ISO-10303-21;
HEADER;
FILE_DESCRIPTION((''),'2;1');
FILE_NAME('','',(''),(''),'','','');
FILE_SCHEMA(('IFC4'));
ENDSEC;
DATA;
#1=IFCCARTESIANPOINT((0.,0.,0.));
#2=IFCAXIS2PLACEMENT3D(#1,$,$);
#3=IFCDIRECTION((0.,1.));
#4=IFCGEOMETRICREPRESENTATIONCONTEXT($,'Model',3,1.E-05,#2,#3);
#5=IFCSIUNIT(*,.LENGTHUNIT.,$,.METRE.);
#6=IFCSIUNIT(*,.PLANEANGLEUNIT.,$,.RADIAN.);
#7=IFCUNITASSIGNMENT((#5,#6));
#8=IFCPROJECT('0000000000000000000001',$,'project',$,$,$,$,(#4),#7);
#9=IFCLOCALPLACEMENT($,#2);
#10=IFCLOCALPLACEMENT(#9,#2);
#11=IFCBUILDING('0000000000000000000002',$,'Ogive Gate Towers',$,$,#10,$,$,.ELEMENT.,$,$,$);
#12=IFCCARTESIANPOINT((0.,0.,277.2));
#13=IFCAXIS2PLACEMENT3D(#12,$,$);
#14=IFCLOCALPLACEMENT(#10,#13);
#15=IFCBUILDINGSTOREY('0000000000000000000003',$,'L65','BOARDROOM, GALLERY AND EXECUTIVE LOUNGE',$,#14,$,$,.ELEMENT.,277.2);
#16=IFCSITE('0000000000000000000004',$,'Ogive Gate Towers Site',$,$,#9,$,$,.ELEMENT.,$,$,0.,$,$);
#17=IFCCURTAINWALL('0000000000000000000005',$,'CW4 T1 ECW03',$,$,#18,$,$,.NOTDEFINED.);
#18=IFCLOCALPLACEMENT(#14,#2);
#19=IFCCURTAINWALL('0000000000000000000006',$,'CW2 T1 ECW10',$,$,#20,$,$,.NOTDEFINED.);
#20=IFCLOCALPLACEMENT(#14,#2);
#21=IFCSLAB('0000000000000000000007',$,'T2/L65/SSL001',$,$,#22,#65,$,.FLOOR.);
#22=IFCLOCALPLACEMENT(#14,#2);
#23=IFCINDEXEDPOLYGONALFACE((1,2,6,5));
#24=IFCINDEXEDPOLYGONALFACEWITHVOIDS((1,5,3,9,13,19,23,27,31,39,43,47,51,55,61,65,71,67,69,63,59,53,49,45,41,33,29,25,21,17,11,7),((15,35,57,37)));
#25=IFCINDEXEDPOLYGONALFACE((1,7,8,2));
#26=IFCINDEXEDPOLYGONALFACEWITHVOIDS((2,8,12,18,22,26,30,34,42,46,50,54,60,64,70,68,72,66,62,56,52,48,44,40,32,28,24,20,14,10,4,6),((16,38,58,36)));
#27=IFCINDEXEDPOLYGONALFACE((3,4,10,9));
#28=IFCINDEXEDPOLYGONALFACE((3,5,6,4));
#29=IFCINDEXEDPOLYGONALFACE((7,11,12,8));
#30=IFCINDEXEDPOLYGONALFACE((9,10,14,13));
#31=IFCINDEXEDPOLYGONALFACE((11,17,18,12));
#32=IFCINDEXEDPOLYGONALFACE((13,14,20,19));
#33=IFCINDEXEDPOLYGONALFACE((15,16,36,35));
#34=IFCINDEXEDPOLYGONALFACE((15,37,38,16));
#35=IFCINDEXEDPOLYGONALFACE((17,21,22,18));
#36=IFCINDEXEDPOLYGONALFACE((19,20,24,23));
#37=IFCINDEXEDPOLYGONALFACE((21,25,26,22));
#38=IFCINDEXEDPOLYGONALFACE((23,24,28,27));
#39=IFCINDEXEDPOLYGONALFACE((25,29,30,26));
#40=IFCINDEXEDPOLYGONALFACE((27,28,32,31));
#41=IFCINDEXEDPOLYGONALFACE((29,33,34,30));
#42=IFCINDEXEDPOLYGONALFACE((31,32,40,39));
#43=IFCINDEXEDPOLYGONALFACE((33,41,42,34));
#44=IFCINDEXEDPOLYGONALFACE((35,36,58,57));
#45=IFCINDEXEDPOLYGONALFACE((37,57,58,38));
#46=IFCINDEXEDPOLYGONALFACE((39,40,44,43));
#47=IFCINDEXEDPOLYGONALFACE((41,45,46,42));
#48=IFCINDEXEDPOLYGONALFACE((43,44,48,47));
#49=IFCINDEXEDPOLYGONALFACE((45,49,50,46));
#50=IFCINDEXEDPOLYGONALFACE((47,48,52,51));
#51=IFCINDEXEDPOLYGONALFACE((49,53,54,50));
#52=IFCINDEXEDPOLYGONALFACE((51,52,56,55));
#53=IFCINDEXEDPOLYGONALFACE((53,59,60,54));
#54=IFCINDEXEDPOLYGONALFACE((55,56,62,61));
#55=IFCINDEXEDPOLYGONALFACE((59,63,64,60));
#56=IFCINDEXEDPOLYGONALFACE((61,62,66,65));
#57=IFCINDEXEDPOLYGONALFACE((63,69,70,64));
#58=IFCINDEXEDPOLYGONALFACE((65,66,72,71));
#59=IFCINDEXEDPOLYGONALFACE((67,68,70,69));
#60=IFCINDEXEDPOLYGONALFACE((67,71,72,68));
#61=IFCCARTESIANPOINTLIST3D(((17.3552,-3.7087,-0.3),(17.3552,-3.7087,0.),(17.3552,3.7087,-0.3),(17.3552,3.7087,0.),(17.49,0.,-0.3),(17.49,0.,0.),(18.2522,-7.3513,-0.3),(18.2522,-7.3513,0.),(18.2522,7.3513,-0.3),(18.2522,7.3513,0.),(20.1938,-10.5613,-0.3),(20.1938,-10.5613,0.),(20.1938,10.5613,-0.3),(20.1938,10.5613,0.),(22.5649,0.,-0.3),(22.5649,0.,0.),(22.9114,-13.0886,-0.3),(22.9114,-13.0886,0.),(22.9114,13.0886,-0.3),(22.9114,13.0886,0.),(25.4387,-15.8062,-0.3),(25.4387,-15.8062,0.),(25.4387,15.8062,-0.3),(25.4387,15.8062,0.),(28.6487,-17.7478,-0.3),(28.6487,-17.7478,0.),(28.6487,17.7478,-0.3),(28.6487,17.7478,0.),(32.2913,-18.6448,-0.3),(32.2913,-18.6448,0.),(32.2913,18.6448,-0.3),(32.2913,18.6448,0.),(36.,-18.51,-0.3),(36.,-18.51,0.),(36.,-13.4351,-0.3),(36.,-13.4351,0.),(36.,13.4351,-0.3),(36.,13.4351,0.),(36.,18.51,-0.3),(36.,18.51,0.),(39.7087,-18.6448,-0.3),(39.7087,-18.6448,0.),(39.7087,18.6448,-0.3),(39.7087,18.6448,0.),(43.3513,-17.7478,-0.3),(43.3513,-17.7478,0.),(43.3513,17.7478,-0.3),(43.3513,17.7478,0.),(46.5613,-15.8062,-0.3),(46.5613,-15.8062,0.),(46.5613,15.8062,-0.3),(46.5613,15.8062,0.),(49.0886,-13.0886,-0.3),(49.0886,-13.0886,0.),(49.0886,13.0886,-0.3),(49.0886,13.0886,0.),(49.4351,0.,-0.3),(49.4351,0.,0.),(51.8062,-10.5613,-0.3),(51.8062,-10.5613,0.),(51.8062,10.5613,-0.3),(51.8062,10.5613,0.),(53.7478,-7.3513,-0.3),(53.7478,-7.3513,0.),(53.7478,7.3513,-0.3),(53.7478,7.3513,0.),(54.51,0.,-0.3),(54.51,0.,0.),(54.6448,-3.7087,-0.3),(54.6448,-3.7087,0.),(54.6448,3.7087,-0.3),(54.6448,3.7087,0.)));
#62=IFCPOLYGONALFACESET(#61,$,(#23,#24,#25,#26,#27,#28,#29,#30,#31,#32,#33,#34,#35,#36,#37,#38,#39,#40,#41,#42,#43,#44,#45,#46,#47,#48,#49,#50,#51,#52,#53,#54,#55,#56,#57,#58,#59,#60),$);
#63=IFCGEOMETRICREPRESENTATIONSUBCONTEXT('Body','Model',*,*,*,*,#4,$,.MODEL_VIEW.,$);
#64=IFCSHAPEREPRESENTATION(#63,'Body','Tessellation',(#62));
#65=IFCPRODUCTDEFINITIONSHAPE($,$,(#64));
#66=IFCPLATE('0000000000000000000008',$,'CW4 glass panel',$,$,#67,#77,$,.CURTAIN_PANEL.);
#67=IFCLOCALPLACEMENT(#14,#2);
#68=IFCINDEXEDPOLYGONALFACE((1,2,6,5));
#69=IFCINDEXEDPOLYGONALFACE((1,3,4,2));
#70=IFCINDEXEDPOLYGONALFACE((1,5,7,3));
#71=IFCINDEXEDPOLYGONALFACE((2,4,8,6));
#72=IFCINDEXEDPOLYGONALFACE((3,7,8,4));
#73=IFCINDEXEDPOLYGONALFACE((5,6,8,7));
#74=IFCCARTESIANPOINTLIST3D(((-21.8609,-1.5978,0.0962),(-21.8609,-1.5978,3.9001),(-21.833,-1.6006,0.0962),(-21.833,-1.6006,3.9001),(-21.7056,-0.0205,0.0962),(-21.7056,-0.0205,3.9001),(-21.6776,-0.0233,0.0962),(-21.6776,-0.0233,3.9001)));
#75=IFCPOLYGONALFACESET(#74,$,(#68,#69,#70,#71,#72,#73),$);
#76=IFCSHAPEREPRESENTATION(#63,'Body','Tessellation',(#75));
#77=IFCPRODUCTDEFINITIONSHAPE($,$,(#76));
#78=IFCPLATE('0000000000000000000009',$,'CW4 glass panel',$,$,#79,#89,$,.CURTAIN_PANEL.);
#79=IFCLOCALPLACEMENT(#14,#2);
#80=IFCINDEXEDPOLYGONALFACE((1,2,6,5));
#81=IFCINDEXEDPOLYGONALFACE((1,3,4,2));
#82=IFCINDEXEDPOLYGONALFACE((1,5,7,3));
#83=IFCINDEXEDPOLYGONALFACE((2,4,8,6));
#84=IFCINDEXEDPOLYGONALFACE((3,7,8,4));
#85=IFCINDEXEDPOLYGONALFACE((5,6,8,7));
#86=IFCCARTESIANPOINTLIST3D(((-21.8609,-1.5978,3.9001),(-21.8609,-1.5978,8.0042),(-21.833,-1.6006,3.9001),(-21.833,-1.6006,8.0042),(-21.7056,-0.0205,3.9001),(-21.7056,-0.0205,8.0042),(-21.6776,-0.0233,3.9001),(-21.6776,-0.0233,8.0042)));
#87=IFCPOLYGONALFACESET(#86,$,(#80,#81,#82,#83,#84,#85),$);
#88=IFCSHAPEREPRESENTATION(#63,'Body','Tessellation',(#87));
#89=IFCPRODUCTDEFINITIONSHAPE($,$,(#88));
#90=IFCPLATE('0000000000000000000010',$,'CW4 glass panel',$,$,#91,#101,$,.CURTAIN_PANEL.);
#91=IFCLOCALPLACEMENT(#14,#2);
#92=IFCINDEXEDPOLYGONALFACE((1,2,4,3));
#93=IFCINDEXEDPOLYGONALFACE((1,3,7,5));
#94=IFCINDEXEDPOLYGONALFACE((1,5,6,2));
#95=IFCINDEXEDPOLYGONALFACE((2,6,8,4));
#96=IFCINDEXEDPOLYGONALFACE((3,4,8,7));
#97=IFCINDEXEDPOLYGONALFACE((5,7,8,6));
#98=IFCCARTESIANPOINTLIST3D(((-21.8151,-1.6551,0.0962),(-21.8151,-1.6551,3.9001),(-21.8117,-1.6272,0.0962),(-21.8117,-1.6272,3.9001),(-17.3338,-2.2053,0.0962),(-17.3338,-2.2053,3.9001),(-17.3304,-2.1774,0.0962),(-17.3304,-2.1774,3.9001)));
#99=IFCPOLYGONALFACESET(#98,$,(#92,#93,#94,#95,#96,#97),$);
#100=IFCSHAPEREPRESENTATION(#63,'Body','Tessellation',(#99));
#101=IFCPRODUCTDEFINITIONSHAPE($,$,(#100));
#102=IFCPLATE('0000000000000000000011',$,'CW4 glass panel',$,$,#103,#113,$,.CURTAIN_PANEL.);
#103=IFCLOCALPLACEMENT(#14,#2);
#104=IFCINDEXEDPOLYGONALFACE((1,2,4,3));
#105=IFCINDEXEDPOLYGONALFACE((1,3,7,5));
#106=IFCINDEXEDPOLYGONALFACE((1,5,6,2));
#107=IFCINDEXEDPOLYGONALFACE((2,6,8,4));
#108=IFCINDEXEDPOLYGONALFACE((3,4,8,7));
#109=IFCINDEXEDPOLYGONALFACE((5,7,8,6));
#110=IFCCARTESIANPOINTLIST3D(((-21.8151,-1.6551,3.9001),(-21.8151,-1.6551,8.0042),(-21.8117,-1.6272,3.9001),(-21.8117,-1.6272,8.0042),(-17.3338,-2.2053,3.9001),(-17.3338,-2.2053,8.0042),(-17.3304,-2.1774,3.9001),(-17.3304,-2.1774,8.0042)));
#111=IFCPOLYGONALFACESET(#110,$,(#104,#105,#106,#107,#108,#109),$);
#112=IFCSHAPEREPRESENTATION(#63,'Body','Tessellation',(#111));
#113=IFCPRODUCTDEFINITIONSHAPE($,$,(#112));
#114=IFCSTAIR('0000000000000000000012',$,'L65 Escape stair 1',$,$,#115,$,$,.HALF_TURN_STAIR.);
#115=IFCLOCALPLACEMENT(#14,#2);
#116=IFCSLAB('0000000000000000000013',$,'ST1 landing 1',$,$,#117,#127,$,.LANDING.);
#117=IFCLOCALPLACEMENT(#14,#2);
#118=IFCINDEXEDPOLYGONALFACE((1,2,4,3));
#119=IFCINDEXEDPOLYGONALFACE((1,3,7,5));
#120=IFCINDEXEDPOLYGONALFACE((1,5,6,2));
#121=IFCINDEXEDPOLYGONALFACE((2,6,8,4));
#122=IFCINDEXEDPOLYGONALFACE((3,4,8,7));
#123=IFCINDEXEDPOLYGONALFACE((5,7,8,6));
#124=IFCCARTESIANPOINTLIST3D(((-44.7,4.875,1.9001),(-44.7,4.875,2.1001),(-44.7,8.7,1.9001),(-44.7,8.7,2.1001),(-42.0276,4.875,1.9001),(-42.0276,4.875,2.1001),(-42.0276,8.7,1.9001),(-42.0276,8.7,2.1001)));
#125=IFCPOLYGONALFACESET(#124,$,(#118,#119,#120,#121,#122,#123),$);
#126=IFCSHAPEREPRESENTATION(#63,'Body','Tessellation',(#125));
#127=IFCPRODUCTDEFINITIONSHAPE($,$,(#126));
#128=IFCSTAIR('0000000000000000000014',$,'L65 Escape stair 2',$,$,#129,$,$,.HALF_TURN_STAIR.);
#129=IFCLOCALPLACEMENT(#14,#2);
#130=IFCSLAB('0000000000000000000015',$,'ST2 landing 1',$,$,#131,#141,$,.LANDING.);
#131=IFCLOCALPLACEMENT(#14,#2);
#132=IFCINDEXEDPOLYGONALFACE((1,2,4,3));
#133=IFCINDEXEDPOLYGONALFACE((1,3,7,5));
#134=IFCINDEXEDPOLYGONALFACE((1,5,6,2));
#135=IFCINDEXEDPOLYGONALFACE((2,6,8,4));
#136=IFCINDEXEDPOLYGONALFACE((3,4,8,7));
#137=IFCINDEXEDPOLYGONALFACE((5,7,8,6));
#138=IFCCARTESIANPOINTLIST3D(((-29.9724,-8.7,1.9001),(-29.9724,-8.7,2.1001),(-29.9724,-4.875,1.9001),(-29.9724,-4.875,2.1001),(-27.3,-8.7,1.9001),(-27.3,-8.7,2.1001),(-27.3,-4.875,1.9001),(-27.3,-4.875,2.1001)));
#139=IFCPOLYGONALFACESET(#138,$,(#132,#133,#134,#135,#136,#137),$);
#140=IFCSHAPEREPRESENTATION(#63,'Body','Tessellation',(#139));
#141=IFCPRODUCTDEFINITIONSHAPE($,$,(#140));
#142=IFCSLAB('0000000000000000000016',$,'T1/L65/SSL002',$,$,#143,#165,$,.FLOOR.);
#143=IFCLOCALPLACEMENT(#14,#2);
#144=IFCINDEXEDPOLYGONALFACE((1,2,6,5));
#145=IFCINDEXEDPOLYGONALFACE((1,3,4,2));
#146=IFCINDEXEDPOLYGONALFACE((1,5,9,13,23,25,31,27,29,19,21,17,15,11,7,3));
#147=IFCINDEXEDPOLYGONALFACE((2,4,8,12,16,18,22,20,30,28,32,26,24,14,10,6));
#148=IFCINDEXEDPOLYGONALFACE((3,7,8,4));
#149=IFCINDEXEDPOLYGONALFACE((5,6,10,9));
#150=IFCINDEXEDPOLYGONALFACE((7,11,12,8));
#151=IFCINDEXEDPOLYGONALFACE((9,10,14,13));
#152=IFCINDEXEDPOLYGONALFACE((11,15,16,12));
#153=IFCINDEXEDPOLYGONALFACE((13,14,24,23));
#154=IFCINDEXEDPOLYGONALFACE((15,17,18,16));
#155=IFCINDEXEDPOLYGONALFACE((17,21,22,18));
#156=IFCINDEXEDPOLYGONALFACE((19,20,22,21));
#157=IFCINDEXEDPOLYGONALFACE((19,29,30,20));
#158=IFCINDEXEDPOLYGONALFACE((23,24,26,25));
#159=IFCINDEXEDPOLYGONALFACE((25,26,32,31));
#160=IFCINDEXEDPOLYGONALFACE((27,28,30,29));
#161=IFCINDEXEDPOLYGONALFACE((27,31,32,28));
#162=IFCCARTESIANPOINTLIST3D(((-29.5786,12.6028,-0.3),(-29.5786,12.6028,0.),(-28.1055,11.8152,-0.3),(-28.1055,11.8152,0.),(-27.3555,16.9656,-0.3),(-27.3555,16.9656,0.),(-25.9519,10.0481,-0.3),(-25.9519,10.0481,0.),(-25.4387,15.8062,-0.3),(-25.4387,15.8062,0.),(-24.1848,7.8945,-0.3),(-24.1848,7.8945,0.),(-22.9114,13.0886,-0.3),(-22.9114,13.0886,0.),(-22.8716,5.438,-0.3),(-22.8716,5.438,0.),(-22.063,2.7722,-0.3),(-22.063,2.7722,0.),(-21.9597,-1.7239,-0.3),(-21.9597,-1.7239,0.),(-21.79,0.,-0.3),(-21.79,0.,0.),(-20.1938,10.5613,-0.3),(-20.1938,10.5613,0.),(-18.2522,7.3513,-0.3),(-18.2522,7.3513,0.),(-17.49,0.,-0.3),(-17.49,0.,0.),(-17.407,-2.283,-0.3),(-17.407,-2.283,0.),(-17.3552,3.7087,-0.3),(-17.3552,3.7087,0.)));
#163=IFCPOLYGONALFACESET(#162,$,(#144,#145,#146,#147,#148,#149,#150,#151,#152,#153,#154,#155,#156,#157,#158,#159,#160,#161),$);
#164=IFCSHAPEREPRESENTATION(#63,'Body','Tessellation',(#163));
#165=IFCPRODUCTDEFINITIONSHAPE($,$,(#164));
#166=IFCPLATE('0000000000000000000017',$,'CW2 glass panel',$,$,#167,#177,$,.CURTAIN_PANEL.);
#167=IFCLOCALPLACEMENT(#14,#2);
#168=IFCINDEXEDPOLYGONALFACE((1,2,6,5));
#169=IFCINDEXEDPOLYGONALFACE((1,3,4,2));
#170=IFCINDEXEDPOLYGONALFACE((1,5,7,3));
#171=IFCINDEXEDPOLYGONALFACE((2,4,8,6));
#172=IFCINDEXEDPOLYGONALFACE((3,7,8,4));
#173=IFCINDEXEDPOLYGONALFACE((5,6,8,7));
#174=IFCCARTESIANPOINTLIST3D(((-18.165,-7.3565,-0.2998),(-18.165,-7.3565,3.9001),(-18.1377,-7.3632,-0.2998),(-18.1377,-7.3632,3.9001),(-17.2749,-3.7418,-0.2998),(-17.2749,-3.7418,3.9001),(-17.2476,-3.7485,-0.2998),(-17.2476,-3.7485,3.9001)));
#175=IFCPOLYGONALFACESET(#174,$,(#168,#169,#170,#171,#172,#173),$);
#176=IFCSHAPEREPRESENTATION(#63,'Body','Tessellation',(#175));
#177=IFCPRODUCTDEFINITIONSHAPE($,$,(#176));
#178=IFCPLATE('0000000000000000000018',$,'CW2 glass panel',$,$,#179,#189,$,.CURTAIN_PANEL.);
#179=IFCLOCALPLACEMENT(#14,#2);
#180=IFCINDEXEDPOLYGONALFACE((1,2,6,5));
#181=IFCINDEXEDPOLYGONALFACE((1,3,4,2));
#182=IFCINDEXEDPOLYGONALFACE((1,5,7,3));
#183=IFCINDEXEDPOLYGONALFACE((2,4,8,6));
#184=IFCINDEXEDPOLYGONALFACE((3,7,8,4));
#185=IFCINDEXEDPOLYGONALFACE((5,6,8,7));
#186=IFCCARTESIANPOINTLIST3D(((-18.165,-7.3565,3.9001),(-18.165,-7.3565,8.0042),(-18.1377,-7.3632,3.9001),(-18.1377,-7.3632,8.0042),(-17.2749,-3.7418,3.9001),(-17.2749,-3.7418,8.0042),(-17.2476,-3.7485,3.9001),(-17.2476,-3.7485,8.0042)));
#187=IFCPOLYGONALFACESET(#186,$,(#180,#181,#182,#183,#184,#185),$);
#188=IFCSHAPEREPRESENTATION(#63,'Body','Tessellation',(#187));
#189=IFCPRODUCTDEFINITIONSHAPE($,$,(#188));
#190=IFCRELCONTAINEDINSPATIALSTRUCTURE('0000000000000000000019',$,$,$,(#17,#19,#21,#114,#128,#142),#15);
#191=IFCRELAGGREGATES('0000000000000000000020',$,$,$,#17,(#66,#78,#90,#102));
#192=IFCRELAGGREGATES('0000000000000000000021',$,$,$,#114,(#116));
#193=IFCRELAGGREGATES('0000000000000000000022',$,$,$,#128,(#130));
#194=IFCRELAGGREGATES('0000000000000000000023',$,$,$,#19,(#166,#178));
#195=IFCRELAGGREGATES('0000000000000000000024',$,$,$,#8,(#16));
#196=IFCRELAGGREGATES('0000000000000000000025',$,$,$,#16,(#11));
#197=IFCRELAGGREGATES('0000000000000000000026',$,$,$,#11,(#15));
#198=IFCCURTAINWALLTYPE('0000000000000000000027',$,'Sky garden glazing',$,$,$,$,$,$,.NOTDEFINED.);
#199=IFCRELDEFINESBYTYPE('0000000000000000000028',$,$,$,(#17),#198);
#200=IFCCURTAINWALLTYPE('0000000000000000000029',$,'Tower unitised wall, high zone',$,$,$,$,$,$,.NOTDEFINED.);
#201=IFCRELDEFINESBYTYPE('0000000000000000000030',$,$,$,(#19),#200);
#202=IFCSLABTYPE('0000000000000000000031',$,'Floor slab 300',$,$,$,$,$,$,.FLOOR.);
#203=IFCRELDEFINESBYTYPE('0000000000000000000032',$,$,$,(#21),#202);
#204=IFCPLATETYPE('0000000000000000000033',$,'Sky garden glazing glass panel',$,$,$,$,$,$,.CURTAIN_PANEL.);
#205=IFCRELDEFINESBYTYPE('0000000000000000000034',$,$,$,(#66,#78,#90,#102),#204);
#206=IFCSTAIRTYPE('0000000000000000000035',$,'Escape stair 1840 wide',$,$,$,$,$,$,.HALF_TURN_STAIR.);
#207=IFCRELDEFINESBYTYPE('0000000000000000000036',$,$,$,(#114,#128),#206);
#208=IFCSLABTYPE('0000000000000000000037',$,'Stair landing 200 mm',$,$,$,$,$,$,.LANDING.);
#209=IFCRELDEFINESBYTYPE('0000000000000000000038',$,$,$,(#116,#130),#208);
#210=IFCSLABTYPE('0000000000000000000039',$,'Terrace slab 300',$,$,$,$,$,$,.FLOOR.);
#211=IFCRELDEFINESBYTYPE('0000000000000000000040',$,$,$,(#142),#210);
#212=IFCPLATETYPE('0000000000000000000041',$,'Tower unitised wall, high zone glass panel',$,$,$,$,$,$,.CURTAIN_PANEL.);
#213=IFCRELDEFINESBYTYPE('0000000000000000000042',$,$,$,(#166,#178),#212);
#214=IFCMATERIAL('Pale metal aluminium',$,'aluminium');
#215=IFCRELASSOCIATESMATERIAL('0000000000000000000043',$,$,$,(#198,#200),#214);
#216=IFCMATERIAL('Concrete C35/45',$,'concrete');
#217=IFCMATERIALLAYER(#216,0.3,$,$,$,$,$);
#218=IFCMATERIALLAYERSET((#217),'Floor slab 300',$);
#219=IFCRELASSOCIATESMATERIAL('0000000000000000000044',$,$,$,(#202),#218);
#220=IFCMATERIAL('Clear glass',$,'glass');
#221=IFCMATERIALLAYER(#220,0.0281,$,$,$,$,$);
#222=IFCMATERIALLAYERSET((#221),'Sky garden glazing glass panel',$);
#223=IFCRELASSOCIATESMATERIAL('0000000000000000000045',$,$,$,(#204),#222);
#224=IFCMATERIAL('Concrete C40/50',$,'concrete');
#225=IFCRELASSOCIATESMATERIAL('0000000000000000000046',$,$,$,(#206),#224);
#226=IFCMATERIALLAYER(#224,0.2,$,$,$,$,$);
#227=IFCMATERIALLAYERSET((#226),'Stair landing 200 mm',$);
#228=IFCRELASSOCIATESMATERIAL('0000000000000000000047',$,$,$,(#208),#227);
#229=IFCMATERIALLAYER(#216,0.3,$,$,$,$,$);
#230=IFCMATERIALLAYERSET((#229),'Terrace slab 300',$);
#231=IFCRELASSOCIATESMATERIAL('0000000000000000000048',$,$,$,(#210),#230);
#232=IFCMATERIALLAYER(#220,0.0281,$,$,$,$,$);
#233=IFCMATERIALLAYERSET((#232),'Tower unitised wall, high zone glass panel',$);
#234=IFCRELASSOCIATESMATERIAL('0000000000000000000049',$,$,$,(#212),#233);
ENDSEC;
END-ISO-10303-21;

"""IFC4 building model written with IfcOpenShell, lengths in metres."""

from ifc_helpers import new_model, si_unit, direction, frame, origin, origin_2d, place, context, subcontext, project, spatial, polyline, rectangle, outline, extrude, material, layer, layer_set, type_object, element, aggregate, save


model = new_model("IFC4")

# Units and contexts
model_context = context("Model", 3, precision=1e-05, world=origin(), true_north=direction((0.0, 1.0)))
body_context = subcontext(model_context, "Body", "Model", "MODEL_VIEW")
ifc_project = project(units=[si_unit("LENGTHUNIT", "METRE"), si_unit("PLANEANGLEUNIT", "RADIAN")], contexts=[model_context])

# Site, building, storey
site_placement = place(None, origin())
site = spatial("IfcSite", under=ifc_project, at=site_placement, Name="Ogive Gate Towers Site", CompositionType="ELEMENT", RefElevation=0.0)
building_placement = place(site_placement, origin())
building = spatial("IfcBuilding", under=site, at=building_placement, Name="Ogive Gate Towers", CompositionType="ELEMENT")
storey_placement = place(building_placement, frame((0.0, 0.0, 277.2)))
storey = spatial("IfcBuildingStorey", under=building, at=storey_placement, Name="L65", Description="BOARDROOM, GALLERY AND EXECUTIVE LOUNGE", CompositionType="ELEMENT", Elevation=277.2)

# Curtain walls
ifc_material_1 = material(Name="Pale metal aluminium", Category="aluminium")
curtain_wall_type_1 = type_object("IfcCurtainWallType", Name="Sky garden glazing", PredefinedType="NOTDEFINED", material=ifc_material_1)
curtain_wall_1_placement = place(storey_placement, origin())
curtain_wall_1 = element("IfcCurtainWall", 1, at=curtain_wall_1_placement, inside=storey, type_object=curtain_wall_type_1, Name="CW4 T1 ECW03", PredefinedType="NOTDEFINED")
curtain_wall_type_2 = type_object("IfcCurtainWallType", Name="Tower unitised wall, high zone", PredefinedType="NOTDEFINED", material=ifc_material_1)
curtain_wall_2_placement = place(storey_placement, origin())
curtain_wall_2 = element("IfcCurtainWall", 2, at=curtain_wall_2_placement, inside=storey, type_object=curtain_wall_type_2, Name="CW2 T1 ECW10", PredefinedType="NOTDEFINED")

# Slab
ifc_material_2 = material(Name="Concrete C40/50", Category="concrete")
ifc_material_3 = material(Name="Concrete C35/45", Category="concrete")
ifc_layer_1 = layer(ifc_material_3, 0.3)
ifc_layer_set_1 = layer_set([ifc_layer_1], Name="Floor slab 300")
slab_type_1 = type_object("IfcSlabType", Name="Floor slab 300", PredefinedType="FLOOR", material=ifc_layer_set_1)
slab_1_placement = place(storey_placement, frame((0.0, 0.0, -0.3)))
element("IfcSlab", 3, at=slab_1_placement, inside=storey, type_object=slab_type_1, Name="T2/L65/SSL001", PredefinedType="FLOOR", context=body_context, shape_type="SweptSolid", body=[
    extrude(outline(polyline([(54.6448, -3.7087), (54.51, 0.0), (54.6448, 3.7087), (53.7478, 7.3513), (51.8062, 10.5613), (49.0886, 13.0886), (46.5613, 15.8062), (43.3513, 17.7478), (39.7087, 18.6448), (36.0, 18.51), (32.2913, 18.6448), (28.6487, 17.7478), (25.4387, 15.8062), (22.9114, 13.0886), (20.1938, 10.5613), (18.2522, 7.3513), (17.3552, 3.7087), (17.49, 0.0), (17.3552, -3.7087), (18.2522, -7.3513), (20.1938, -10.5613), (22.9114, -13.0886), (25.4387, -15.8062), (28.6487, -17.7478), (32.2913, -18.6448), (36.0, -18.51), (39.7087, -18.6448), (43.3513, -17.7478), (46.5613, -15.8062), (49.0886, -13.0886), (51.8062, -10.5613), (53.7478, -7.3513), (54.6448, -3.7087)]), holes=[polyline([(49.4351, 0.0), (36.0, -13.4351), (22.5649, 0.0), (36.0, 13.4351), (49.4351, 0.0)])]), origin(), (0.0, 0.0, 1.0), 0.3),
])

# Plates
ifc_material_4 = material(Name="Clear glass", Category="glass")
ifc_layer_2 = layer(ifc_material_4, 0.0281)
ifc_layer_set_2 = layer_set([ifc_layer_2], Name="Sky garden glazing glass panel")
plate_type_1 = type_object("IfcPlateType", Name="Sky garden glazing glass panel", PredefinedType="CURTAIN_PANEL", material=ifc_layer_set_2)
plate_1_placement = place(storey_placement, frame((-21.7693, -0.8105, 0.0962), z_axis=(0.0, 0.0, 1.0), x_axis=(-0.098017, -0.995185, 0.0)))
plate_1 = element("IfcPlate", 4, at=plate_1_placement, type_object=plate_type_1, Name="CW4 glass panel", PredefinedType="CURTAIN_PANEL", context=body_context, shape_type="SweptSolid", body=[
    extrude(rectangle(XDim=1.585, YDim=0.0281, at=origin_2d()), origin(), (0.0, 0.0, 1.0), 3.804),
])
plate_2_placement = place(storey_placement, frame((-21.7693, -0.8105, 3.9001), z_axis=(0.0, 0.0, 1.0), x_axis=(-0.098017, -0.995185, 0.0)))
plate_2 = element("IfcPlate", 5, at=plate_2_placement, type_object=plate_type_1, Name="CW4 glass panel", PredefinedType="CURTAIN_PANEL", context=body_context, shape_type="SweptSolid", body=[
    extrude(rectangle(XDim=1.585, YDim=0.0281, at=origin_2d()), origin(), (0.0, 0.0, 1.0), 4.104),
])
plate_3_placement = place(storey_placement, frame((-19.5728, -1.9163, 0.0962), z_axis=(0.0, 0.0, 1.0), x_axis=(0.992546, -0.121869, 0.0)))
plate_3 = element("IfcPlate", 6, at=plate_3_placement, type_object=plate_type_1, Name="CW4 glass panel", PredefinedType="CURTAIN_PANEL", context=body_context, shape_type="SweptSolid", body=[
    extrude(rectangle(XDim=4.5149, YDim=0.0281, at=origin_2d()), origin(), (0.0, 0.0, 1.0), 3.804),
])
plate_4_placement = place(storey_placement, frame((-19.5728, -1.9163, 3.9001), z_axis=(0.0, 0.0, 1.0), x_axis=(0.992546, -0.121869, 0.0)))
plate_4 = element("IfcPlate", 7, at=plate_4_placement, type_object=plate_type_1, Name="CW4 glass panel", PredefinedType="CURTAIN_PANEL", context=body_context, shape_type="SweptSolid", body=[
    extrude(rectangle(XDim=4.5149, YDim=0.0281, at=origin_2d()), origin(), (0.0, 0.0, 1.0), 4.104),
])
aggregate(curtain_wall_1, [plate_1, plate_2, plate_3, plate_4])

# Stairs, slabs
stair_type = type_object("IfcStairType", Name="Escape stair 1840 wide", PredefinedType="HALF_TURN_STAIR", material=ifc_material_2)
stair_1_placement = place(storey_placement, origin())
stair_1 = element("IfcStair", 8, at=stair_1_placement, inside=storey, type_object=stair_type, Name="L65 Escape stair 1", PredefinedType="HALF_TURN_STAIR")
ifc_layer_3 = layer(ifc_material_2, 0.2)
ifc_layer_set_3 = layer_set([ifc_layer_3], Name="Stair landing 200 mm")
slab_type_2 = type_object("IfcSlabType", Name="Stair landing 200 mm", PredefinedType="LANDING", material=ifc_layer_set_3)
slab_2_placement = place(storey_placement, frame((0.0, 0.0, 1.9001)))
slab_2 = element("IfcSlab", 9, at=slab_2_placement, type_object=slab_type_2, Name="ST1 landing 1", PredefinedType="LANDING", context=body_context, shape_type="SweptSolid", body=[
    extrude(outline(polyline([(-42.0276, 8.7), (-44.7, 8.7), (-44.7, 4.875), (-42.0276, 4.875), (-42.0276, 8.7)])), origin(), (0.0, 0.0, 1.0), 0.2),
])
aggregate(stair_1, [slab_2])
stair_2_placement = place(storey_placement, origin())
stair_2 = element("IfcStair", 10, at=stair_2_placement, inside=storey, type_object=stair_type, Name="L65 Escape stair 2", PredefinedType="HALF_TURN_STAIR")
slab_3_placement = place(storey_placement, frame((0.0, 0.0, 1.9001)))
slab_3 = element("IfcSlab", 11, at=slab_3_placement, type_object=slab_type_2, Name="ST2 landing 1", PredefinedType="LANDING", context=body_context, shape_type="SweptSolid", body=[
    extrude(outline(polyline([(-29.9724, -8.7), (-27.3, -8.7), (-27.3, -4.875), (-29.9724, -4.875), (-29.9724, -8.7)])), origin(), (0.0, 0.0, 1.0), 0.2),
])
aggregate(stair_2, [slab_3])

# Slab
ifc_layer_4 = layer(ifc_material_3, 0.3)
ifc_layer_set_4 = layer_set([ifc_layer_4], Name="Terrace slab 300")
slab_type_3 = type_object("IfcSlabType", Name="Terrace slab 300", PredefinedType="FLOOR", material=ifc_layer_set_4)
slab_4_placement = place(storey_placement, frame((0.0, 0.0, -0.3)))
element("IfcSlab", 12, at=slab_4_placement, inside=storey, type_object=slab_type_3, Name="T1/L65/SSL002", PredefinedType="FLOOR", context=body_context, shape_type="SweptSolid", body=[
    extrude(outline(polyline([(-21.9597, -1.7239), (-17.407, -2.283), (-17.49, 0.0), (-17.3552, 3.7087), (-18.2522, 7.3513), (-20.1938, 10.5613), (-22.9114, 13.0886), (-25.4387, 15.8062), (-27.3555, 16.9656), (-29.5786, 12.6028), (-28.1055, 11.8152), (-25.9519, 10.0481), (-24.1848, 7.8945), (-22.8716, 5.438), (-22.063, 2.7722), (-21.79, 0.0), (-21.9597, -1.7239)])), origin(), (0.0, 0.0, 1.0), 0.3),
])

# Plates
ifc_layer_5 = layer(ifc_material_4, 0.0281)
ifc_layer_set_5 = layer_set([ifc_layer_5], Name="Tower unitised wall, high zone glass panel")
plate_type_2 = type_object("IfcPlateType", Name="Tower unitised wall, high zone glass panel", PredefinedType="CURTAIN_PANEL", material=ifc_layer_set_5)
plate_5_placement = place(storey_placement, frame((-17.7063, -5.5525, -0.2998), z_axis=(0.0, 0.0, 1.0), x_axis=(-0.23911, -0.970993, 0.0)))
plate_5 = element("IfcPlate", 13, at=plate_5_placement, type_object=plate_type_2, Name="CW2 glass panel", PredefinedType="CURTAIN_PANEL", context=body_context, shape_type="SweptSolid", body=[
    extrude(rectangle(XDim=3.7227, YDim=0.0281, at=origin_2d()), origin(), (0.0, 0.0, 1.0), 4.2),
])
plate_6_placement = place(storey_placement, frame((-17.7063, -5.5525, 3.9001), z_axis=(0.0, 0.0, 1.0), x_axis=(-0.23911, -0.970993, 0.0)))
plate_6 = element("IfcPlate", 14, at=plate_6_placement, type_object=plate_type_2, Name="CW2 glass panel", PredefinedType="CURTAIN_PANEL", context=body_context, shape_type="SweptSolid", body=[
    extrude(rectangle(XDim=3.7227, YDim=0.0281, at=origin_2d()), origin(), (0.0, 0.0, 1.0), 4.104),
])
aggregate(curtain_wall_2, [plate_5, plate_6])

save(model, "model.ifc")
